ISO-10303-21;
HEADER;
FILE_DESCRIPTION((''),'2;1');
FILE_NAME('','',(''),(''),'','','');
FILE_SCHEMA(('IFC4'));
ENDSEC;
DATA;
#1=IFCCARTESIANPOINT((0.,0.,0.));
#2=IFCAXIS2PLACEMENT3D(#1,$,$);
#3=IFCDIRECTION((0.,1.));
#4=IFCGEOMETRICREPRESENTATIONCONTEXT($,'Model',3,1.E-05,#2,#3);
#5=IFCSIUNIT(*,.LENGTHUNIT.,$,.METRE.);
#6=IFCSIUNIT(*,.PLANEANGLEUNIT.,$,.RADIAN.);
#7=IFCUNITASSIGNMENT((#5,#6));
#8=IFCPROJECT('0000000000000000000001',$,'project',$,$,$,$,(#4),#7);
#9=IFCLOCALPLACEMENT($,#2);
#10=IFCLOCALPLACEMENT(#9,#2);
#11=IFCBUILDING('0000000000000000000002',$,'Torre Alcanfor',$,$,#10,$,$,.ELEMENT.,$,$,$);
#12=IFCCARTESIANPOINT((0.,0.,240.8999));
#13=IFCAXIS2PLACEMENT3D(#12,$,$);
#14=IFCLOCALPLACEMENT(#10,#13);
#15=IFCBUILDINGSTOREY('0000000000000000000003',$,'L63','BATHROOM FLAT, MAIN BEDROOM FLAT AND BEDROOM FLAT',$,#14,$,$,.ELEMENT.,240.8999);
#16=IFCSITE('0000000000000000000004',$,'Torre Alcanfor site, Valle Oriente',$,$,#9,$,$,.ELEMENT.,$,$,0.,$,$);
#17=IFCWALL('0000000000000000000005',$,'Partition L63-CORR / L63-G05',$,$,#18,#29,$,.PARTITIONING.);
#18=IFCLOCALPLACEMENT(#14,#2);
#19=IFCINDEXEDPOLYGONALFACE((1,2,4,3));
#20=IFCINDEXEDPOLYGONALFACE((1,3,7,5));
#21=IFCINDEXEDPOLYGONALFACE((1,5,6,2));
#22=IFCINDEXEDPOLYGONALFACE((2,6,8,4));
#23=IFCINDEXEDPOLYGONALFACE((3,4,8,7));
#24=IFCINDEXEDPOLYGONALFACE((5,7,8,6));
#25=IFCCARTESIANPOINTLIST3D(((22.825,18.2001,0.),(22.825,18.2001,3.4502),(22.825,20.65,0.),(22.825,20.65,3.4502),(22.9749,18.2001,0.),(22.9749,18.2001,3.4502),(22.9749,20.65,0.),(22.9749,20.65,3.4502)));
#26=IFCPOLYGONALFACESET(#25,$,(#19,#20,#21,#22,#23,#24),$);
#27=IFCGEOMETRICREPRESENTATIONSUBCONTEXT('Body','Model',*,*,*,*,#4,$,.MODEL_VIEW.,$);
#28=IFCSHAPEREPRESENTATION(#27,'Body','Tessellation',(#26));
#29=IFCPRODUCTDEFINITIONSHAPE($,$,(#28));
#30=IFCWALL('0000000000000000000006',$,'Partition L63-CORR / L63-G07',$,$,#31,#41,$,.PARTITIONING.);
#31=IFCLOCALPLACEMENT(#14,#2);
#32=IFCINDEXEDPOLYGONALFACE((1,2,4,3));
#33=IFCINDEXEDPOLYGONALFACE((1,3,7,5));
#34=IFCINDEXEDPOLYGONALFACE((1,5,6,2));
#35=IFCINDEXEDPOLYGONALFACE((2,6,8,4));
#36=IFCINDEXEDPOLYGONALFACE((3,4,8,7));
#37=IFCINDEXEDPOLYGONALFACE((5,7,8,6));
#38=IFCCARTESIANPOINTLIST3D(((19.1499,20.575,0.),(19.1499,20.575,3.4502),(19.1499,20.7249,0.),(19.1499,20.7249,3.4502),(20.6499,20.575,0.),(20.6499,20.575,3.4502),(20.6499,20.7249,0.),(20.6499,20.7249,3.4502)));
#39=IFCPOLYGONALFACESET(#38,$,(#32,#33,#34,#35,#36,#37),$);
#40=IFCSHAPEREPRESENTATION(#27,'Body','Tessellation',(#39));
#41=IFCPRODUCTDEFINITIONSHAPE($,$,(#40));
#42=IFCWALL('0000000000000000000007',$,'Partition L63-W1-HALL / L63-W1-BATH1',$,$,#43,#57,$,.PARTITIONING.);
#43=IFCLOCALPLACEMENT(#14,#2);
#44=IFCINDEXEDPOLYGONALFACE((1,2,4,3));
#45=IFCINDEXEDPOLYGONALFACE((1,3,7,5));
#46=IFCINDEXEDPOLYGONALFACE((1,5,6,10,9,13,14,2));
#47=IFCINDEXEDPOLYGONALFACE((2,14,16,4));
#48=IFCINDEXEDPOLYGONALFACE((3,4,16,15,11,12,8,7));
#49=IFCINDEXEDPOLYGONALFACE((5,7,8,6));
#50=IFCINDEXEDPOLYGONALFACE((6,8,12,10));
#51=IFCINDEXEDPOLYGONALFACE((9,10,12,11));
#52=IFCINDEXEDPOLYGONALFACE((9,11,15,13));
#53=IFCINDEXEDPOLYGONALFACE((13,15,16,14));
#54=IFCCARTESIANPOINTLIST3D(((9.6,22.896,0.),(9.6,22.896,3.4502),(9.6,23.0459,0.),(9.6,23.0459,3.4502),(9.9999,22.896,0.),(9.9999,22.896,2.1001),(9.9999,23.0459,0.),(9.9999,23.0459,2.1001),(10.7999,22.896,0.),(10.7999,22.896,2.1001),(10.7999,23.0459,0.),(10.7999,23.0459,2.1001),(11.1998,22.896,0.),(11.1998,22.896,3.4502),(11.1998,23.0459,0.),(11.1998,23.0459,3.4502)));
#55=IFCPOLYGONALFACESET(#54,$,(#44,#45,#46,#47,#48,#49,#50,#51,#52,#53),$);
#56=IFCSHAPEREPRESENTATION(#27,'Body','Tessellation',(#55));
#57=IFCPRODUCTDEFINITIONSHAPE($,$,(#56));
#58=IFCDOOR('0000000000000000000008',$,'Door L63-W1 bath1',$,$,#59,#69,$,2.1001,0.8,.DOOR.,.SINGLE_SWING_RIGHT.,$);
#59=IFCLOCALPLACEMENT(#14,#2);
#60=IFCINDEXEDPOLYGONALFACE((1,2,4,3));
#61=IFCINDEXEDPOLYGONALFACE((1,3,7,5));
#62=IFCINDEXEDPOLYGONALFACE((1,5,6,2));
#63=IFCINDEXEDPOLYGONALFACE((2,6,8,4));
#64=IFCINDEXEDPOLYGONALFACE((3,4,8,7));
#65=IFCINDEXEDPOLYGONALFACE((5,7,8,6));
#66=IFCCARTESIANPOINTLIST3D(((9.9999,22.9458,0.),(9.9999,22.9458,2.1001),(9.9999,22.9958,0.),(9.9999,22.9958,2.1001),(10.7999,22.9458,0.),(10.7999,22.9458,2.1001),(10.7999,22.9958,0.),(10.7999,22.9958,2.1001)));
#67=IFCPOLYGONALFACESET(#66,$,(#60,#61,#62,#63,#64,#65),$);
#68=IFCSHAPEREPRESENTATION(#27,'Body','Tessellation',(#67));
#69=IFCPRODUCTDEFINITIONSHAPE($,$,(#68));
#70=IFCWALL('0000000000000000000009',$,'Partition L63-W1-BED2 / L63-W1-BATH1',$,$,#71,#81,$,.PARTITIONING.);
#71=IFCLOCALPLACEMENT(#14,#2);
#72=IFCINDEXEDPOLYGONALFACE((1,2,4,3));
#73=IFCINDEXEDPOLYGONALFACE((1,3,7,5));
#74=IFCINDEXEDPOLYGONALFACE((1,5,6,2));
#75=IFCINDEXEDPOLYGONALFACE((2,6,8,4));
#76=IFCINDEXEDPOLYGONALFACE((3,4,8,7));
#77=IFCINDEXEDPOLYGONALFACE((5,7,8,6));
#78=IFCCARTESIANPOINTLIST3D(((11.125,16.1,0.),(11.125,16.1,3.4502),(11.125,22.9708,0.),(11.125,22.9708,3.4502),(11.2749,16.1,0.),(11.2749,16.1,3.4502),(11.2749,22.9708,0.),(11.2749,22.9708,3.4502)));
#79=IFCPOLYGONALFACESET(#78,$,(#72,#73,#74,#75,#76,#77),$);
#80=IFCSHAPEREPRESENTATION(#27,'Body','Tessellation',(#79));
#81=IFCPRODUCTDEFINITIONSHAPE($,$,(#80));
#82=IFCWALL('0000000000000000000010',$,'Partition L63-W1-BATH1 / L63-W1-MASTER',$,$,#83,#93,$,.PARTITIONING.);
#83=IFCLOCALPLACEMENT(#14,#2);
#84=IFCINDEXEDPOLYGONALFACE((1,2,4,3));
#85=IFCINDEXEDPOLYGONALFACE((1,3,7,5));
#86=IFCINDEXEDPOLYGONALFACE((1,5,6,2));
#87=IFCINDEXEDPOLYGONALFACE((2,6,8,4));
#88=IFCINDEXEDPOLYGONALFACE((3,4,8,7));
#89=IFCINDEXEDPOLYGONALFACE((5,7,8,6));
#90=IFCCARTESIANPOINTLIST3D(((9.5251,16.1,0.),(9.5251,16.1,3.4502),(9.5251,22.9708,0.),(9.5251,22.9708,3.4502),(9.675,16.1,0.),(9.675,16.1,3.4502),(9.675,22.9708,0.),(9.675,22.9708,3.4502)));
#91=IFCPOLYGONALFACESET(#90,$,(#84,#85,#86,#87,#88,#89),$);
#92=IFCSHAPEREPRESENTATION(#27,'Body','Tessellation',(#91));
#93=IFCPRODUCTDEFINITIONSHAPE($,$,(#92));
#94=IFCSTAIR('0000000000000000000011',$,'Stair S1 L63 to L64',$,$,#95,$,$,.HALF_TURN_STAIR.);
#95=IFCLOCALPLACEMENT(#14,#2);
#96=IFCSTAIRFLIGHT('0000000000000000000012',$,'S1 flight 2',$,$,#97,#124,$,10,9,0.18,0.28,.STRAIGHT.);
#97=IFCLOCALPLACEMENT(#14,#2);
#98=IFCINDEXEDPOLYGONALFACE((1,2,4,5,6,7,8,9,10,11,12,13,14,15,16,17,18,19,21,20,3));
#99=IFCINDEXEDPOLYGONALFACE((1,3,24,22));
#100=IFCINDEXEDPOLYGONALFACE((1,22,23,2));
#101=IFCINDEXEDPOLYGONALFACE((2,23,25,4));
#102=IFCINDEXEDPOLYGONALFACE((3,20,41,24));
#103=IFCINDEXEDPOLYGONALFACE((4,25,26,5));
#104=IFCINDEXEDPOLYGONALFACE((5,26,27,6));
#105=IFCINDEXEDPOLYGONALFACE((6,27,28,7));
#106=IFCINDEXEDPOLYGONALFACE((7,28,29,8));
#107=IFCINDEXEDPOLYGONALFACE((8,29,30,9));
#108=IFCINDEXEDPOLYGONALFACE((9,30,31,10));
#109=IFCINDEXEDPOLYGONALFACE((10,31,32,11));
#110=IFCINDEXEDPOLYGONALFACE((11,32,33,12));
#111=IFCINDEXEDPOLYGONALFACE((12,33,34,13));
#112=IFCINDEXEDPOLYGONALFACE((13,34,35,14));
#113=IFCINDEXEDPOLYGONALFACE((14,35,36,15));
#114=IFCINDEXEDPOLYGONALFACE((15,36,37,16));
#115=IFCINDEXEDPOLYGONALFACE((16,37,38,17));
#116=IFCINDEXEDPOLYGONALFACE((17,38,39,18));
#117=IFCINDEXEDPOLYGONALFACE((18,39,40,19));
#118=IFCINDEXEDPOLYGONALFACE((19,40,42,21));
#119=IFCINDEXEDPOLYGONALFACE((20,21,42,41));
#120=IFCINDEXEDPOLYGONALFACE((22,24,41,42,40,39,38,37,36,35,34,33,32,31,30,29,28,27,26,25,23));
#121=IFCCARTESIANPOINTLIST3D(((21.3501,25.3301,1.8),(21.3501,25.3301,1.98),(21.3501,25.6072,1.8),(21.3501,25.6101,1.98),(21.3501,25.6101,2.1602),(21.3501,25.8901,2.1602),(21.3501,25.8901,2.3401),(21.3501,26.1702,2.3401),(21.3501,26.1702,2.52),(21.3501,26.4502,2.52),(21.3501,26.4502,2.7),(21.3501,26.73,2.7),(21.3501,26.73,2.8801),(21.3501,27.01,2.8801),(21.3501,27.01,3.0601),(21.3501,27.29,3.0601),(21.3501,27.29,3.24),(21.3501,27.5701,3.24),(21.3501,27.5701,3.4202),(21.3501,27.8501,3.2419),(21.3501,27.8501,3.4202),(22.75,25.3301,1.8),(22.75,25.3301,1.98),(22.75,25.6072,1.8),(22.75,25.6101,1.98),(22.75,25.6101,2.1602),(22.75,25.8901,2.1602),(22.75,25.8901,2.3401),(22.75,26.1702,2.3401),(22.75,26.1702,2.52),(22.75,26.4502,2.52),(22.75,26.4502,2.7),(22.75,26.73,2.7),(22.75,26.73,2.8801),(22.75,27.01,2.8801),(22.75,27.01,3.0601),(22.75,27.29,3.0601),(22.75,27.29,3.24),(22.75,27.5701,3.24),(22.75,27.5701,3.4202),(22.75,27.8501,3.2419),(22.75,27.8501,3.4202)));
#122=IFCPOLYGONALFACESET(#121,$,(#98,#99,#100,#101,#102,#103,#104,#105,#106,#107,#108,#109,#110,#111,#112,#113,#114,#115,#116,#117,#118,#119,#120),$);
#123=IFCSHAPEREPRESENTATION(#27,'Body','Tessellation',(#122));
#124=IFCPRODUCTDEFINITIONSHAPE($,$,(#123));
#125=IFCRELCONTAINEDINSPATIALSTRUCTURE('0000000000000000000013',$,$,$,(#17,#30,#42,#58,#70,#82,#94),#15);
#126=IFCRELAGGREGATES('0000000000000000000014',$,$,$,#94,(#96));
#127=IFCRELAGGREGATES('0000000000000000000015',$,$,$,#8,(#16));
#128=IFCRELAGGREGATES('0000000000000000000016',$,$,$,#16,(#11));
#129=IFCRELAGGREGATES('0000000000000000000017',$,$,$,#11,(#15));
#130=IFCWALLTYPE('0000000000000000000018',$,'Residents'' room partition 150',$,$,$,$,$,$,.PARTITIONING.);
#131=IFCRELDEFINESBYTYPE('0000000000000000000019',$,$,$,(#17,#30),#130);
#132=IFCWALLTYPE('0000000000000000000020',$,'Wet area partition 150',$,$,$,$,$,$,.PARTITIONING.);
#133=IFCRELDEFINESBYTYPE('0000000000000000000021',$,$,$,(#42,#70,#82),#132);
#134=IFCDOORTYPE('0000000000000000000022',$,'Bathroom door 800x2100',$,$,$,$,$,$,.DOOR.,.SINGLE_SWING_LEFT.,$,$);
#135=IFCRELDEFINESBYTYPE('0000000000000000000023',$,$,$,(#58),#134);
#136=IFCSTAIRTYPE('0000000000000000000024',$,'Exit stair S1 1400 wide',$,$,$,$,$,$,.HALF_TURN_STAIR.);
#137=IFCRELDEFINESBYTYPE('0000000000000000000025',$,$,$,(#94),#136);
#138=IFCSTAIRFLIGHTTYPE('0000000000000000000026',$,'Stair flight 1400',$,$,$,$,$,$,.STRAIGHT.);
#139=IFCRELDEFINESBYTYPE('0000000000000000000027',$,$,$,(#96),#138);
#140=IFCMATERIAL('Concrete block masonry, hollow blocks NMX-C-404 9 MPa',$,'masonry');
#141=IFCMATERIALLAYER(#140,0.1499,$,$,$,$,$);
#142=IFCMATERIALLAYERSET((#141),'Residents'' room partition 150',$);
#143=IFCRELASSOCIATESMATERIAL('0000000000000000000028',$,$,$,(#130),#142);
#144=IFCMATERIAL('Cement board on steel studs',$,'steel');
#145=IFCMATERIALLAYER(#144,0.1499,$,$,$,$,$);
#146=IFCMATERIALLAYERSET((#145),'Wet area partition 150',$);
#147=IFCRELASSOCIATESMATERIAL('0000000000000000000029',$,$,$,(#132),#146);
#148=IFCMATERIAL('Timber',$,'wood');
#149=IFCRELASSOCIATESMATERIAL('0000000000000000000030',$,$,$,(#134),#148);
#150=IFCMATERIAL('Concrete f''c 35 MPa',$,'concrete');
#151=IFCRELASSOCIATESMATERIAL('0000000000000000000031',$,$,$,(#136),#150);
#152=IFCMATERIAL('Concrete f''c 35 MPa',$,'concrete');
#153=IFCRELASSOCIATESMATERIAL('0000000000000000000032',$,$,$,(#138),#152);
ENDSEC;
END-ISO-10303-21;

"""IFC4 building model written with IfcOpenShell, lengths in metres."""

from ifc_helpers import new_model, si_unit, direction, frame, frame_2d, origin, place, context, subcontext, project, spatial, polyline, rectangle, outline, extrude, material, layer, layer_set, type_object, element, fill, aggregate, save


model = new_model("IFC4")

# Units and contexts
model_context = context("Model", 3, precision=1e-05, world=origin(), true_north=direction((0.0, 1.0)))
body_context = subcontext(model_context, "Body", "Model", "MODEL_VIEW")
ifc_project = project(units=[si_unit("LENGTHUNIT", "METRE"), si_unit("PLANEANGLEUNIT", "RADIAN")], contexts=[model_context])

# Site, building, storey
site_placement = place(None, origin())
site = spatial("IfcSite", under=ifc_project, at=site_placement, Name="Torre Alcanfor site, Valle Oriente", CompositionType="ELEMENT", RefElevation=0.0)
building_placement = place(site_placement, origin())
building = spatial("IfcBuilding", under=site, at=building_placement, Name="Torre Alcanfor", CompositionType="ELEMENT")
storey_placement = place(building_placement, frame((0.0, 0.0, 240.8999)))
storey = spatial("IfcBuildingStorey", under=building, at=storey_placement, Name="L63", Description="BATHROOM FLAT, MAIN BEDROOM FLAT AND BEDROOM FLAT", CompositionType="ELEMENT", Elevation=240.8999)

# Shared definitions
ifc_material_1 = material(Name="Concrete block masonry, hollow blocks NMX-C-404 9 MPa", Category="masonry")
ifc_layer_1 = layer(ifc_material_1, 0.1499)
ifc_layer_set_1 = layer_set([ifc_layer_1], Name="Residents' room partition 150")
wall_type_1 = type_object("IfcWallType", Name="Residents' room partition 150", PredefinedType="PARTITIONING", material=ifc_layer_set_1)

# Walls
wall_1_placement = place(storey_placement, frame((22.8999, 18.2, 0.0), z_axis=(0.0, 0.0, 1.0), x_axis=(0.0, 1.0, 0.0)))
element("IfcWall", 1, at=wall_1_placement, inside=storey, type_object=wall_type_1, Name="Partition L63-CORR / L63-G05", PredefinedType="PARTITIONING", context=body_context, shape_type="SweptSolid", body=[
    extrude(rectangle(XDim=2.45, YDim=0.1499, at=frame_2d((1.2251, 0.0))), origin(), (0.0, 0.0, 1.0), 3.4502),
])
wall_2_placement = place(storey_placement, frame((19.1499, 20.6499, 0.0), z_axis=(0.0, 0.0, 1.0), x_axis=(1.0, 0.0, 0.0)))
element("IfcWall", 2, at=wall_2_placement, inside=storey, type_object=wall_type_1, Name="Partition L63-CORR / L63-G07", PredefinedType="PARTITIONING", context=body_context, shape_type="SweptSolid", body=[
    extrude(rectangle(XDim=1.5, YDim=0.1499, at=frame_2d((0.75, 0.0))), origin(), (0.0, 0.0, 1.0), 3.4502),
])

# Wall, opening, door
ifc_material_2 = material(Name="Cement board on steel studs", Category="steel")
ifc_layer_2 = layer(ifc_material_2, 0.1499)
ifc_layer_set_2 = layer_set([ifc_layer_2], Name="Wet area partition 150")
wall_type_2 = type_object("IfcWallType", Name="Wet area partition 150", PredefinedType="PARTITIONING", material=ifc_layer_set_2)
wall_3_placement = place(storey_placement, frame((9.6001, 22.9709, 0.0), z_axis=(0.0, 0.0, 1.0), x_axis=(1.0, 0.0, 0.0)))
wall_3 = element("IfcWall", 3, at=wall_3_placement, inside=storey, type_object=wall_type_2, Name="Partition L63-W1-HALL / L63-W1-BATH1", PredefinedType="PARTITIONING", context=body_context, shape_type="SweptSolid", body=[
    extrude(rectangle(XDim=1.5999, YDim=0.1499, at=frame_2d((0.7998, 0.0))), origin(), (0.0, 0.0, 1.0), 3.4502),
])
opening_1_placement = place(wall_3_placement, frame((0.3999, 0.0, 0.0)))
opening_1 = element("IfcOpeningElement", 4, at=opening_1_placement, cuts=wall_3, PredefinedType="OPENING", context=body_context, shape_type="SweptSolid", body=[
    extrude(rectangle(XDim=0.8, YDim=2.1001, at=frame_2d((0.3999, 1.05))), frame((0.0, 0.085, 0.0), z_axis=(0.0, -1.0, 0.0), x_axis=(1.0, 0.0, 0.0)), (0.0, 0.0, 1.0), 0.1699),
])
ifc_material_3 = material(Name="Timber", Category="wood")
door_type_1 = type_object("IfcDoorType", Name="Bathroom door 800x2100", OperationType="SINGLE_SWING_LEFT", PredefinedType="DOOR", material=ifc_material_3)
door_1_placement = place(opening_1_placement, frame((0.8, 0.0, 0.0), z_axis=(0.0, 0.0, 1.0), x_axis=(-1.0, 0.0, 0.0)))
door_1 = element("IfcDoor", 5, at=door_1_placement, inside=storey, type_object=door_type_1, Name="Door L63-W1 bath1", OperationType="SINGLE_SWING_RIGHT", OverallHeight=2.1001, OverallWidth=0.8, PredefinedType="DOOR", context=body_context, shape_type="SweptSolid", body=[
    extrude(rectangle(XDim=0.8, YDim=2.1001, at=frame_2d((0.4001, 1.05))), frame((0.0, 0.0251, 0.0), z_axis=(0.0, -1.0, 0.0), x_axis=(1.0, 0.0, 0.0)), (0.0, 0.0, 1.0), 0.05),
])
fill(opening_1, door_1)

# Walls
for number, where, z_axis, x_axis, name in (
    (6, (11.2, 22.9709, 0.0), (0.0, 0.0, 1.0), (0.0, -1.0, 0.0), "Partition L63-W1-BED2 / L63-W1-BATH1"),
    (7, (9.6001, 22.9709, 0.0), (0.0, 0.0, 1.0), (0.0, -1.0, 0.0), "Partition L63-W1-BATH1 / L63-W1-MASTER"),
):
    element("IfcWall", number, at=place(storey_placement, frame(where, z_axis=z_axis, x_axis=x_axis)), inside=storey, type_object=wall_type_2, Name=name, PredefinedType="PARTITIONING", context=body_context, shape_type="SweptSolid", body=[
        extrude(rectangle(XDim=6.8708, YDim=0.1499, at=frame_2d((3.4355, 0.0))), origin(), (0.0, 0.0, 1.0), 3.4502),
    ])

# Stair, stair flight
ifc_material_4 = material(Name="Concrete f'c 35 MPa", Category="concrete")
stair_type = type_object("IfcStairType", Name="Exit stair S1 1400 wide", PredefinedType="HALF_TURN_STAIR", material=ifc_material_4)
stair_placement = place(storey_placement, origin())
stair = element("IfcStair", 8, at=stair_placement, inside=storey, type_object=stair_type, Name="Stair S1 L63 to L64", PredefinedType="HALF_TURN_STAIR")
ifc_material_5 = material(Name="Concrete f'c 35 MPa", Category="concrete")
stair_flight_type = type_object("IfcStairFlightType", Name="Stair flight 1400", PredefinedType="STRAIGHT", material=ifc_material_5)
stair_flight_placement = place(storey_placement, frame((22.05, 25.3301, 1.8), z_axis=(0.0, 0.0, 1.0), x_axis=(0.0, 1.0, 0.0)))
stair_flight = element("IfcStairFlight", 9, at=stair_flight_placement, type_object=stair_flight_type, Name="S1 flight 2", NumberOfRisers=10, NumberOfTreads=9, PredefinedType="STRAIGHT", RiserHeight=0.18, TreadLength=0.28, context=body_context, shape_type="SweptSolid", body=[
    extrude(outline(polyline([(0.0, 0.0), (0.0, 0.1799), (0.28, 0.1799), (0.28, 0.3601), (0.5601, 0.3601), (0.5601, 0.54), (0.8401, 0.54), (0.8401, 0.72), (1.1201, 0.72), (1.1201, 0.8999), (1.3999, 0.8999), (1.3999, 1.0801), (1.6799, 1.0801), (1.6799, 1.26), (1.96, 1.26), (1.96, 1.4399), (2.24, 1.4399), (2.24, 1.6201), (2.52, 1.6201), (2.52, 1.8), (2.52, 1.4419), (0.2771, 0.0), (0.0, 0.0)])), frame((0.0, 0.7, 0.0), z_axis=(0.0, -1.0, 0.0), x_axis=(1.0, 0.0, 0.0)), (0.0, 0.0, 1.0), 1.3999),
])
aggregate(stair, [stair_flight])

save(model, "model.ifc")
